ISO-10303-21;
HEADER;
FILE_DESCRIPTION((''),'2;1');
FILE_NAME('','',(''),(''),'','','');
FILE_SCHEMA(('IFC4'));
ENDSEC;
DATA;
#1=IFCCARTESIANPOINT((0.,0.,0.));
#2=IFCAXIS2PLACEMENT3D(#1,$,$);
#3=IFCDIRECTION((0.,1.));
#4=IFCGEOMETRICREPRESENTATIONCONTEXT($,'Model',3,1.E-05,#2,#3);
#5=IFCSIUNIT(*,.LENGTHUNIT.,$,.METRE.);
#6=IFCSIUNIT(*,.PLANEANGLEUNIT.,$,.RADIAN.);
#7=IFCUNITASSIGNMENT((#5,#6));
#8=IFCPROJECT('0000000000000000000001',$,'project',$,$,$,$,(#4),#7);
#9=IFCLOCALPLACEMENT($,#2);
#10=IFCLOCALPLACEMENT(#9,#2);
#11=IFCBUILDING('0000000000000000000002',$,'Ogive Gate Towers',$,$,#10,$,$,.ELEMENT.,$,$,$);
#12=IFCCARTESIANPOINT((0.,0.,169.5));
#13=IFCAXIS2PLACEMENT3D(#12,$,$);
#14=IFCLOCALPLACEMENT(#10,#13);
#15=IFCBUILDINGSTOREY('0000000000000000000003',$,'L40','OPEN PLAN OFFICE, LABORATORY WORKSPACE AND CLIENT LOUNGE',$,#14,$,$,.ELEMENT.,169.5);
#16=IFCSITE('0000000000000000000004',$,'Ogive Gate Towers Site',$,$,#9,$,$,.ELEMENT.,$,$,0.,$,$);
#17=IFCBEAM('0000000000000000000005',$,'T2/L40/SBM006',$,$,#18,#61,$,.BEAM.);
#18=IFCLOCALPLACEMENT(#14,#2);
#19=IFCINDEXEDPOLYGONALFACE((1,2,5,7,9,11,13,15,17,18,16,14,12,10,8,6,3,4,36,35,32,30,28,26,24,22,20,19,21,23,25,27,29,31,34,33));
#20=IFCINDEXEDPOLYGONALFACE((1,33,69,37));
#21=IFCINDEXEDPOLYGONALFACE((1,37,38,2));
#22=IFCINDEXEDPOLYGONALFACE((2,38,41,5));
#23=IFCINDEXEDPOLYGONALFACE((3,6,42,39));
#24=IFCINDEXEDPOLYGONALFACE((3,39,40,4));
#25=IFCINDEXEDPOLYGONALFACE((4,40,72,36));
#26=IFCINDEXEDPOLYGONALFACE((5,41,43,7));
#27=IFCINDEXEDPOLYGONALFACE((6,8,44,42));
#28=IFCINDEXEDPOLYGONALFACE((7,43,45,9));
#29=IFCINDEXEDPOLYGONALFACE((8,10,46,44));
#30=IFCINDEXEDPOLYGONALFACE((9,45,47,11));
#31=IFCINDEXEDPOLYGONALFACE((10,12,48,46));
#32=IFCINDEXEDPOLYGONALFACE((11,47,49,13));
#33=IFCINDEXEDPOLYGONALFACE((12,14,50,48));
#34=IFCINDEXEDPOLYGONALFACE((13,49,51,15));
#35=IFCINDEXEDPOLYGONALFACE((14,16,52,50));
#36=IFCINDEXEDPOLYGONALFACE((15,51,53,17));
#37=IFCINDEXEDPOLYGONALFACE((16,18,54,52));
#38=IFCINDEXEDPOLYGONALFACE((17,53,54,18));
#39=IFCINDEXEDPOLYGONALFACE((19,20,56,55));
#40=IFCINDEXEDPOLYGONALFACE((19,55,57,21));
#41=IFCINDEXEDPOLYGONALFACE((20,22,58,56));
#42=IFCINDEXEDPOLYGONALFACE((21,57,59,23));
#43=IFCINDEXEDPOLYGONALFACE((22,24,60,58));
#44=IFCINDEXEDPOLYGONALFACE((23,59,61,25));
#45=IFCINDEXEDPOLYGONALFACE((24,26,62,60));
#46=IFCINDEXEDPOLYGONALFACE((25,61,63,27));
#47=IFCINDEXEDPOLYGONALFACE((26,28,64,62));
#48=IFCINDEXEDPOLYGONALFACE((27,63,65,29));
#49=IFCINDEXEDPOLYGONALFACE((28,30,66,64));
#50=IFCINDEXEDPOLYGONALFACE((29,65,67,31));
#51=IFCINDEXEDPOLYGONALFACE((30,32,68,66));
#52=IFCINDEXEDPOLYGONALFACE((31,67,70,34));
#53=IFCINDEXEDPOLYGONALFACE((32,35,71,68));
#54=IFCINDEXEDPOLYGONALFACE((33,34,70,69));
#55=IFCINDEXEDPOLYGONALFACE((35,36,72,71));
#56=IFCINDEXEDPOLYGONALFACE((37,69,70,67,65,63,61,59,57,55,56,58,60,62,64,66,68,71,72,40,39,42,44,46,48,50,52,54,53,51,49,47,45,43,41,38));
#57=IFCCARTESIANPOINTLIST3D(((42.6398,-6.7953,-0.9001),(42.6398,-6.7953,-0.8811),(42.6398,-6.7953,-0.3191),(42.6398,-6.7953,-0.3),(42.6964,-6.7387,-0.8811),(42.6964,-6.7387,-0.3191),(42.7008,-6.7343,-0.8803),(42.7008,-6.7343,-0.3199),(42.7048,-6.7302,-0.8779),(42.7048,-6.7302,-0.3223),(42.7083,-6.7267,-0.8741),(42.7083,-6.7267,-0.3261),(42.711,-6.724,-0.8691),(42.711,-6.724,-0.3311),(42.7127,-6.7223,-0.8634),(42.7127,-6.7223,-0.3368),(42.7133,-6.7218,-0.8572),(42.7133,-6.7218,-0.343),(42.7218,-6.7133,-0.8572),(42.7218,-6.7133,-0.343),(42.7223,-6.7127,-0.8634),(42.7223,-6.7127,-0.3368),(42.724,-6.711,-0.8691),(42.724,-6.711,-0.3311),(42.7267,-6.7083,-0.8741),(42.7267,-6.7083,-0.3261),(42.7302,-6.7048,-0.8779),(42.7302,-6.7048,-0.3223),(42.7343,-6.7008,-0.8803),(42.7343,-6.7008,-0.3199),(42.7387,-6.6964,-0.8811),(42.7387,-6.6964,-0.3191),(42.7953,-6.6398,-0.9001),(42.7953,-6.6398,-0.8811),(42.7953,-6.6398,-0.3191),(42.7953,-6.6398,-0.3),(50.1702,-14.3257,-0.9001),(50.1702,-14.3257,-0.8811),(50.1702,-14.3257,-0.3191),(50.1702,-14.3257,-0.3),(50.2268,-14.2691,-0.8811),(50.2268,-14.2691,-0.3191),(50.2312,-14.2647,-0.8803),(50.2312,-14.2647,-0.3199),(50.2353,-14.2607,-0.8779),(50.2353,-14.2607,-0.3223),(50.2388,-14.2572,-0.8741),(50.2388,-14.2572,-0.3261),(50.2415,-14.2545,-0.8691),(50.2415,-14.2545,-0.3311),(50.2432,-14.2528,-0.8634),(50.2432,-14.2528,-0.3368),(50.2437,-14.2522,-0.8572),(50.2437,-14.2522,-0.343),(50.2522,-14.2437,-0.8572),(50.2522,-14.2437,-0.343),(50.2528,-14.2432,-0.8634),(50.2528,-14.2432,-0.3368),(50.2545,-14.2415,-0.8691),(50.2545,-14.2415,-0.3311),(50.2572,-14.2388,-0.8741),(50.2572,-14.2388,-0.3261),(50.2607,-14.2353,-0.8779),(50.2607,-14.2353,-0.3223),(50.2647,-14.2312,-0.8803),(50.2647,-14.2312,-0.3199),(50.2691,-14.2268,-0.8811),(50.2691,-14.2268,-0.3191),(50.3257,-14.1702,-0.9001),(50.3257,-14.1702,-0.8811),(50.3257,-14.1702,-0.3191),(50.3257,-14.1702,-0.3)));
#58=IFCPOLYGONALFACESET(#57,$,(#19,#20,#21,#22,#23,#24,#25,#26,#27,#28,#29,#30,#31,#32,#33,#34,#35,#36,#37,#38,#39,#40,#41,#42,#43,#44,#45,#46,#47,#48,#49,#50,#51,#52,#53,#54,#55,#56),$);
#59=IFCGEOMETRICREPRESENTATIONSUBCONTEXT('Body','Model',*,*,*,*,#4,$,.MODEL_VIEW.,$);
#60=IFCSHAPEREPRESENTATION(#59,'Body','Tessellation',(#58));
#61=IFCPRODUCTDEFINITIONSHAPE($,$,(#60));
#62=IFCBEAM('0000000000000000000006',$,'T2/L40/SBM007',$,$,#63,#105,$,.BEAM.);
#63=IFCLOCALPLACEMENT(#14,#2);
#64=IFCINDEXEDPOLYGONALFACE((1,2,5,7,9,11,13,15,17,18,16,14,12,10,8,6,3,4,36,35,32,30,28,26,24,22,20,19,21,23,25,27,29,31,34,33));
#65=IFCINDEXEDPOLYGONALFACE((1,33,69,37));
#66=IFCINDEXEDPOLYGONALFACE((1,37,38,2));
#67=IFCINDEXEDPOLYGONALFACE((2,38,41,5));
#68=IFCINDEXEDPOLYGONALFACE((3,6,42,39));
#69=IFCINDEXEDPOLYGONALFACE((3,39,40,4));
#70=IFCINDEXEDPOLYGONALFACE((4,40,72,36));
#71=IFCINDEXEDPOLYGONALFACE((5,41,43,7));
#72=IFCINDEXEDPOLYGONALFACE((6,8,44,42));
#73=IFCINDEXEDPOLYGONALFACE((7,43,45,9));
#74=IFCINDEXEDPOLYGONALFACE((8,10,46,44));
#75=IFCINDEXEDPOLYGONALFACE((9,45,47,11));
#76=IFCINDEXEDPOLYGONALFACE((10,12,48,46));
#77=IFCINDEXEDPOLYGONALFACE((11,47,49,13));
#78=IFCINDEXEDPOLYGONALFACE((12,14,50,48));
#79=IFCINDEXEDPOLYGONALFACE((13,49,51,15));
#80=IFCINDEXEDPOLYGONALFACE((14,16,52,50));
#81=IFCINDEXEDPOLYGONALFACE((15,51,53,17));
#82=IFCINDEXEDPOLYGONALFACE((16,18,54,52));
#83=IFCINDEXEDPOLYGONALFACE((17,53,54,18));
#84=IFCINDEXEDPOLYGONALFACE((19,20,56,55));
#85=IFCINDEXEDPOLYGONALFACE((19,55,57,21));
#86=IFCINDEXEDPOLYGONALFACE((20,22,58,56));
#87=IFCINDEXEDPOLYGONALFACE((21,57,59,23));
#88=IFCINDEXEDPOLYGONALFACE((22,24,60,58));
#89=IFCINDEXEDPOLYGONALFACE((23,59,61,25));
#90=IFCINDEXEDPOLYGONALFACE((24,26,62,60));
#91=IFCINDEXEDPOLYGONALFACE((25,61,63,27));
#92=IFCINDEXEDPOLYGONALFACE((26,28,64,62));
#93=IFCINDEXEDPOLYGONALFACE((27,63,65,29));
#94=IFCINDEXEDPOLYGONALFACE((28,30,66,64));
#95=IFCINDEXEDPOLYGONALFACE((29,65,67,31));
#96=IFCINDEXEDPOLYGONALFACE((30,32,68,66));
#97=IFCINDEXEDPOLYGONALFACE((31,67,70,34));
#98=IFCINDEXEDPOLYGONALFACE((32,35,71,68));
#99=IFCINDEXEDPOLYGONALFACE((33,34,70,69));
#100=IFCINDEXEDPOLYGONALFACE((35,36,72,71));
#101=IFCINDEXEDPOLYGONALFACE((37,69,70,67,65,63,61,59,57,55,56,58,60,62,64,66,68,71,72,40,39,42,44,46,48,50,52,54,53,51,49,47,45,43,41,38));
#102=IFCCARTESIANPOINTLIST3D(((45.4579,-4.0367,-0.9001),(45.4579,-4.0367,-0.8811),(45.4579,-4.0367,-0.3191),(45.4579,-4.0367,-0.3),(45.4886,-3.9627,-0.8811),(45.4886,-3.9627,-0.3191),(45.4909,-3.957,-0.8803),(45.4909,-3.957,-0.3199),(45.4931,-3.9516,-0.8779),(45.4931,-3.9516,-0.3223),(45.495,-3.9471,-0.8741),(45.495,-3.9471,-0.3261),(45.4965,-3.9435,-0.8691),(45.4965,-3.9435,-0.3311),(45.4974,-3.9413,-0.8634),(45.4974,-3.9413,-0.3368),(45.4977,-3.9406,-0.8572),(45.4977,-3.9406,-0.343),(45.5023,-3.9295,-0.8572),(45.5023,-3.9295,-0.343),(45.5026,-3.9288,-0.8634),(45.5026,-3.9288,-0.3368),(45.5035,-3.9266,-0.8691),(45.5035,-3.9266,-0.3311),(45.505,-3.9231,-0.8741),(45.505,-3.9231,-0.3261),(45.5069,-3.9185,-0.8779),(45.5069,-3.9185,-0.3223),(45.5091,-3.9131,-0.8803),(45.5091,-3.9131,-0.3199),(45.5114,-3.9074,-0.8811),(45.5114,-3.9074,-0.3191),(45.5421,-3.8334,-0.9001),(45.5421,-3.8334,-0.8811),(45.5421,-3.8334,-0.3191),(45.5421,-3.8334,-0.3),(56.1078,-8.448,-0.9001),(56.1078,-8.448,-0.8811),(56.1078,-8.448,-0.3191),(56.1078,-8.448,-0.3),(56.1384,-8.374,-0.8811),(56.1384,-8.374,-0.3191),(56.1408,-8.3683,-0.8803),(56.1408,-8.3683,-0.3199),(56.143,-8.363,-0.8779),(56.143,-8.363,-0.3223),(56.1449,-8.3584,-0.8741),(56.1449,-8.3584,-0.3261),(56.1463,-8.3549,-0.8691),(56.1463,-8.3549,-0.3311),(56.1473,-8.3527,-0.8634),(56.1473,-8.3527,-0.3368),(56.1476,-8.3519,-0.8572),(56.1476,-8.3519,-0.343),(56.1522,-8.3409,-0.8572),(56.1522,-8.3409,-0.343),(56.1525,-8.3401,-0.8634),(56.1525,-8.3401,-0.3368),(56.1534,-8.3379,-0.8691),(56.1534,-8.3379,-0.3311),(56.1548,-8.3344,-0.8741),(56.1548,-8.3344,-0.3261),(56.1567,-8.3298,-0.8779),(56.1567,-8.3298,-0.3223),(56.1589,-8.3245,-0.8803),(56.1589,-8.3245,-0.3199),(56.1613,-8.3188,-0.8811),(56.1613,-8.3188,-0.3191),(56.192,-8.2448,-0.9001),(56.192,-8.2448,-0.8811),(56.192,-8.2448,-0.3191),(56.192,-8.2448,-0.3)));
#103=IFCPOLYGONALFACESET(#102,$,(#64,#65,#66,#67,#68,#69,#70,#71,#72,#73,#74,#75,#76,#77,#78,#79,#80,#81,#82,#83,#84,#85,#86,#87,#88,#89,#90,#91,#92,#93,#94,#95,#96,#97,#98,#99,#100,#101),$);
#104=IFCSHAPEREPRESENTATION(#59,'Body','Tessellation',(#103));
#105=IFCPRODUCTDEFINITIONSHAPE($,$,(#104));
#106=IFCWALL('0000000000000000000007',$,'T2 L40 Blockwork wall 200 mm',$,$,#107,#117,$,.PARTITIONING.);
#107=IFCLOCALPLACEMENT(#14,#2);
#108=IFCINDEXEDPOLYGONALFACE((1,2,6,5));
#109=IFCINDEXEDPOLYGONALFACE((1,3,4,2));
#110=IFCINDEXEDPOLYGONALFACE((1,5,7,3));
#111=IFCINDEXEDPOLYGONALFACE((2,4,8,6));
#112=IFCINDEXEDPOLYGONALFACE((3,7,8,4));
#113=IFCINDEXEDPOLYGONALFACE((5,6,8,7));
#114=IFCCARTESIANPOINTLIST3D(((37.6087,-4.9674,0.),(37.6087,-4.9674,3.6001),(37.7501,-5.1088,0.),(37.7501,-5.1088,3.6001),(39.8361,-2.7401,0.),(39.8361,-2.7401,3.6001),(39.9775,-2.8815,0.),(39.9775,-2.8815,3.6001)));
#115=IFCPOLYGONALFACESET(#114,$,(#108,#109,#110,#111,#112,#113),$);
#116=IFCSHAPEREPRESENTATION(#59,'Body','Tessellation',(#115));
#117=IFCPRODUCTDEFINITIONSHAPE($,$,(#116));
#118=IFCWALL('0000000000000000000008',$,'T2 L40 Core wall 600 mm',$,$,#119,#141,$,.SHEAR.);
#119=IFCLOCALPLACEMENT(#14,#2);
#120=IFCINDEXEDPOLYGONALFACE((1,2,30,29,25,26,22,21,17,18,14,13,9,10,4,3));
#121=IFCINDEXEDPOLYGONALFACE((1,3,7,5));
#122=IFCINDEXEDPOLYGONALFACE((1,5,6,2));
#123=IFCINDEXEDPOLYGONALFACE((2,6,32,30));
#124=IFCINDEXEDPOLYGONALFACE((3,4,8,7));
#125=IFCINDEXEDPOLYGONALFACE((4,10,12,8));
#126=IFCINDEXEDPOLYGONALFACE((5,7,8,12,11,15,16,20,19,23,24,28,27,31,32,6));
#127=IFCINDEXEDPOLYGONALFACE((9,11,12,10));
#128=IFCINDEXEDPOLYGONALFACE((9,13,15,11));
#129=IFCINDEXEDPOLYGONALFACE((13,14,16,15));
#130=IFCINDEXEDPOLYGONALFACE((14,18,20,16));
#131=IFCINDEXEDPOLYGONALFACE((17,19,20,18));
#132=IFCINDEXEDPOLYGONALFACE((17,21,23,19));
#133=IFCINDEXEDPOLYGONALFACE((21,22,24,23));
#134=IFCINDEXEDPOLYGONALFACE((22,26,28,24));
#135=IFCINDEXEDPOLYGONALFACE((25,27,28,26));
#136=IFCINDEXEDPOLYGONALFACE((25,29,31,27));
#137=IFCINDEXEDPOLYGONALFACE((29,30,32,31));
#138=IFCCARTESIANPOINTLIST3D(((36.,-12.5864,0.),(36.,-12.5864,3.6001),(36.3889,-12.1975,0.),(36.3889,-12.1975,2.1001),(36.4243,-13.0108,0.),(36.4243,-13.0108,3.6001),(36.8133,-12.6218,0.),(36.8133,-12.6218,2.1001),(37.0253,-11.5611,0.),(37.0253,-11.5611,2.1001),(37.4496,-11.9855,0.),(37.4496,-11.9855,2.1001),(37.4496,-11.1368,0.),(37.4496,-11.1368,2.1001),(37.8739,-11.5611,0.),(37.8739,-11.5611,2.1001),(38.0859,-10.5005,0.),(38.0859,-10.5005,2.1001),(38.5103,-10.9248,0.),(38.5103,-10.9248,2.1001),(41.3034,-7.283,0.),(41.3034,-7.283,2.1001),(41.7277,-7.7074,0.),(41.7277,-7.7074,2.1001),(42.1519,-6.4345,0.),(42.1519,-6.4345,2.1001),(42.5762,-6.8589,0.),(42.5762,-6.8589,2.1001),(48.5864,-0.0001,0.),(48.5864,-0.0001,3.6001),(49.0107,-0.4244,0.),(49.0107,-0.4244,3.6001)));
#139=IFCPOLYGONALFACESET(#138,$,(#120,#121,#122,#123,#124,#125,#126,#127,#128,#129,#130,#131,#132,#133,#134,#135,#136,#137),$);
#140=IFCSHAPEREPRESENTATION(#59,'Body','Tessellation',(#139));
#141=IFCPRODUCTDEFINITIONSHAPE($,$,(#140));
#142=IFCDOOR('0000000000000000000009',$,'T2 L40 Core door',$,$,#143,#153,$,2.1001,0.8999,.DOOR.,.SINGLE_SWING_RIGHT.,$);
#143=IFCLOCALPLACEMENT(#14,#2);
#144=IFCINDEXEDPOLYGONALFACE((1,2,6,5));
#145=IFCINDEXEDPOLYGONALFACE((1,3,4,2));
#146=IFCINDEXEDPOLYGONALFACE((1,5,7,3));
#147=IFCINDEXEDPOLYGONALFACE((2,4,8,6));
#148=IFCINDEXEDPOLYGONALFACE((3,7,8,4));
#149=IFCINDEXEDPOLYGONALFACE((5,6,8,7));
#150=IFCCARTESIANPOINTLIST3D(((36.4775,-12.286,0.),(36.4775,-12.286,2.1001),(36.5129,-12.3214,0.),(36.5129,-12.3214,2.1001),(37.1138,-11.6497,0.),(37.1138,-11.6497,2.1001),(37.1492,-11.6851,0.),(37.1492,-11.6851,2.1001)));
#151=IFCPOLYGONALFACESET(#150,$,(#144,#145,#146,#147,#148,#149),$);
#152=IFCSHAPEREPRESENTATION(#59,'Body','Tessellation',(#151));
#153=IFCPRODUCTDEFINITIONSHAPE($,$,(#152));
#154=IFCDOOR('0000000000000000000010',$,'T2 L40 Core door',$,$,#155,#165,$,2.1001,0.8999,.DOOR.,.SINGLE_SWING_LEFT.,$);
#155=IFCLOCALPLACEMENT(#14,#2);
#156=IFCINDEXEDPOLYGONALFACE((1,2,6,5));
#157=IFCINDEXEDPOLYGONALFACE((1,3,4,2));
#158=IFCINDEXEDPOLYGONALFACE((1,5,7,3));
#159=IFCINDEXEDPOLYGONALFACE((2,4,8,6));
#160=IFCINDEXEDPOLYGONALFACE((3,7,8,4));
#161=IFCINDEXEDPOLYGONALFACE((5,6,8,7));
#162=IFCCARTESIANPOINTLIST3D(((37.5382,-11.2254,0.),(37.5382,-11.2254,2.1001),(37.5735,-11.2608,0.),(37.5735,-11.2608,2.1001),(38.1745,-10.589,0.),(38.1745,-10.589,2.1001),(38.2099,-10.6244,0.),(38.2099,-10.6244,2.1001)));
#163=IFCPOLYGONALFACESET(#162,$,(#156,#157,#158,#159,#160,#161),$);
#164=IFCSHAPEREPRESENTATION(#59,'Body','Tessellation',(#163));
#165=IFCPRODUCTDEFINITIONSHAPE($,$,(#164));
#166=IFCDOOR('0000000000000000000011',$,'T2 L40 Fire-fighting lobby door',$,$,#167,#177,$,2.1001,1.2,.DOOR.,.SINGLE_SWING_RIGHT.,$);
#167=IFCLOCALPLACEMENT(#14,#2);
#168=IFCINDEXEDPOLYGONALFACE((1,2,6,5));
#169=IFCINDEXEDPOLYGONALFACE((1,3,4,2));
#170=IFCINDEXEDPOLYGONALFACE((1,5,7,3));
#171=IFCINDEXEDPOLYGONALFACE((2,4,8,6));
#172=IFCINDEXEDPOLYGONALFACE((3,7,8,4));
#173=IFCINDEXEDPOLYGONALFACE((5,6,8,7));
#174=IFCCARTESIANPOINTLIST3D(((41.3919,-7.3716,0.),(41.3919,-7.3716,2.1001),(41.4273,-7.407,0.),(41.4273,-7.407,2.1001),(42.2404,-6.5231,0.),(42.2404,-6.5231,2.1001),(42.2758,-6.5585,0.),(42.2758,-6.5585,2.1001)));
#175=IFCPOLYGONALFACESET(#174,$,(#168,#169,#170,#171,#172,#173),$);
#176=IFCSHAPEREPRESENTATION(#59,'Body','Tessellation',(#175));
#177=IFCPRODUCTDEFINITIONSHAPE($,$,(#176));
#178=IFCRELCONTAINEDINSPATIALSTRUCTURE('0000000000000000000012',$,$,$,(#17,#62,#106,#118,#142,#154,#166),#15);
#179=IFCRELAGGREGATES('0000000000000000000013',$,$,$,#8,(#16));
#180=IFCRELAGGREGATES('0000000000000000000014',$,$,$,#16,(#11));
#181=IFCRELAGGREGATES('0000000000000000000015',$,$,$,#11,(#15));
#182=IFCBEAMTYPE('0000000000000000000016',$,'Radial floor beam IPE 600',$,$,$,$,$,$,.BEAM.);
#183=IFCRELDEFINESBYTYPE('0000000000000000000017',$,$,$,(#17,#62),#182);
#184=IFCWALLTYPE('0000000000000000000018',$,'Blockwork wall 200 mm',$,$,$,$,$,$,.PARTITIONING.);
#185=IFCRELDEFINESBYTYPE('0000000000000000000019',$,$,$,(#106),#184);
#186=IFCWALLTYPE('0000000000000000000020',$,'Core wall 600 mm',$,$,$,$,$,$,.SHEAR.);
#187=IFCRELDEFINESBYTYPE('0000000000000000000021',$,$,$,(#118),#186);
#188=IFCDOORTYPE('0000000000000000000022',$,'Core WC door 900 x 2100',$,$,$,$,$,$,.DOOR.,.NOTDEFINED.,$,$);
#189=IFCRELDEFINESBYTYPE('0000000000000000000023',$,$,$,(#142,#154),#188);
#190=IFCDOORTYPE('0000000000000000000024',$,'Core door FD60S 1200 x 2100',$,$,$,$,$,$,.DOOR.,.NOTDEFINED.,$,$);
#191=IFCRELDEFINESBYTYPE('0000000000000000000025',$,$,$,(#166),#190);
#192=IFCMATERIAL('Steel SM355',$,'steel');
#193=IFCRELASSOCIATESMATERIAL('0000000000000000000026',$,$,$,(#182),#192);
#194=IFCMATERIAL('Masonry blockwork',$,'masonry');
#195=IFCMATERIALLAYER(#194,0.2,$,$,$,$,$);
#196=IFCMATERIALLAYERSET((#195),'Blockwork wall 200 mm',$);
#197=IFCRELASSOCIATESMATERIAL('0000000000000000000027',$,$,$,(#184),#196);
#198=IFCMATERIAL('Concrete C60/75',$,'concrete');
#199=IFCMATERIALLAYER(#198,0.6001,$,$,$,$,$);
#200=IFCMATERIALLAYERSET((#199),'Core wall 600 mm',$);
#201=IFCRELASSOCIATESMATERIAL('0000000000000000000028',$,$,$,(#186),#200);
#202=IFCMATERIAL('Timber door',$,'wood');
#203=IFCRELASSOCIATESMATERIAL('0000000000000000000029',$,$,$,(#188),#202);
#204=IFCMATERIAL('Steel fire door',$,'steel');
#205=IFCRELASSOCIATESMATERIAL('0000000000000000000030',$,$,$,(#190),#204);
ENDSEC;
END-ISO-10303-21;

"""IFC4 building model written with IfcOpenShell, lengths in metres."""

from ifc_helpers import new_model, si_unit, direction, frame, frame_2d, origin, origin_2d, place, context, subcontext, project, spatial, rectangle, i_section, extrude, material, layer, layer_set, material_profile, profile_set, type_object, element, fill, save


model = new_model("IFC4")

# Units and contexts
model_context = context("Model", 3, precision=1e-05, world=origin(), true_north=direction((0.0, 1.0)))
body_context = subcontext(model_context, "Body", "Model", "MODEL_VIEW")
ifc_project = project(units=[si_unit("LENGTHUNIT", "METRE"), si_unit("PLANEANGLEUNIT", "RADIAN")], contexts=[model_context])

# Site, building, storey
site_placement = place(None, origin())
site = spatial("IfcSite", under=ifc_project, at=site_placement, Name="Ogive Gate Towers Site", CompositionType="ELEMENT", RefElevation=0.0)
building_placement = place(site_placement, origin())
building = spatial("IfcBuilding", under=site, at=building_placement, Name="Ogive Gate Towers", CompositionType="ELEMENT")
storey_placement = place(building_placement, frame((0.0, 0.0, 169.5)))
storey = spatial("IfcBuildingStorey", under=building, at=storey_placement, Name="L40", Description="OPEN PLAN OFFICE, LABORATORY WORKSPACE AND CLIENT LOUNGE", CompositionType="ELEMENT", Elevation=169.5)

# Beams
ifc_material_1 = material(Name="Steel SM355", Category="steel")
ifc_material_profile_1 = material_profile(ifc_material_1, i_section(OverallWidth=0.22, OverallDepth=0.6001, WebThickness=0.012, FlangeThickness=0.019, FilletRadius=0.0239, at=origin_2d()), Name="IPE 600")
ifc_profile_set_1 = profile_set([ifc_material_profile_1], Name="Steel SM355")
beam_type_1 = type_object("IfcBeamType", Name="Radial floor beam IPE 600", PredefinedType="BEAM", material=ifc_profile_set_1)
beam_1_placement = place(storey_placement, frame((42.7175, -6.7175, -0.6001), z_axis=(0.707107, -0.707107, 0.0), x_axis=(0.707107, 0.707107, 0.0)))
element("IfcBeam", 1, at=beam_1_placement, inside=storey, type_object=beam_type_1, Name="T2/L40/SBM006", PredefinedType="BEAM", context=body_context, shape_type="SweptSolid", body=[
    extrude(i_section(OverallWidth=0.22, OverallDepth=0.6001, WebThickness=0.012, FlangeThickness=0.019, FilletRadius=0.0239, at=origin_2d()), origin(), (0.0, 0.0, 1.0), 10.6497),
])
beam_2_placement = place(storey_placement, frame((45.5, -3.9351, -0.6001), z_axis=(0.923878, -0.382687, 0.0), x_axis=(0.382687, 0.923878, 0.0)))
element("IfcBeam", 2, at=beam_2_placement, inside=storey, type_object=beam_type_1, Name="T2/L40/SBM007", PredefinedType="BEAM", context=body_context, shape_type="SweptSolid", body=[
    extrude(i_section(OverallWidth=0.22, OverallDepth=0.6001, WebThickness=0.012, FlangeThickness=0.019, FilletRadius=0.0239, at=origin_2d()), origin(), (0.0, 0.0, 1.0), 11.5273),
])

# Wall
ifc_material_2 = material(Name="Masonry blockwork", Category="masonry")
ifc_layer_1 = layer(ifc_material_2, 0.2)
ifc_layer_set_1 = layer_set([ifc_layer_1], Name="Blockwork wall 200 mm")
wall_type_1 = type_object("IfcWallType", Name="Blockwork wall 200 mm", PredefinedType="PARTITIONING", material=ifc_layer_set_1)
wall_1_placement = place(storey_placement, frame((37.6794, -5.0381, 0.0), z_axis=(0.0, 0.0, 1.0), x_axis=(0.707107, 0.707107, 0.0)))
element("IfcWall", 3, at=wall_1_placement, inside=storey, type_object=wall_type_1, Name="T2 L40 Blockwork wall 200 mm", PredefinedType="PARTITIONING", context=body_context, shape_type="SweptSolid", body=[
    extrude(rectangle(XDim=3.1499, YDim=0.2, at=frame_2d((1.575, 0.0))), origin(), (0.0, 0.0, 1.0), 3.6001),
])

# Wall, openings, doors
ifc_material_3 = material(Name="Concrete C60/75", Category="concrete")
ifc_layer_2 = layer(ifc_material_3, 0.6001)
ifc_layer_set_2 = layer_set([ifc_layer_2], Name="Core wall 600 mm")
wall_type_2 = type_object("IfcWallType", Name="Core wall 600 mm", PredefinedType="SHEAR", material=ifc_layer_set_2)
wall_2_placement = place(storey_placement, frame((36.2122, -12.7986, 0.0), z_axis=(0.0, 0.0, 1.0), x_axis=(0.707107, 0.707107, 0.0)))
wall_2 = element("IfcWall", 4, at=wall_2_placement, inside=storey, type_object=wall_type_2, Name="T2 L40 Core wall 600 mm", PredefinedType="SHEAR", context=body_context, shape_type="SweptSolid", body=[
    extrude(rectangle(XDim=17.7998, YDim=0.6001, at=frame_2d((8.8999, 0.0))), origin(), (0.0, 0.0, 1.0), 3.6001),
])
opening_1_placement = place(wall_2_placement, frame((7.5, 0.0, 0.0)))
opening_1 = element("IfcOpeningElement", 5, at=opening_1_placement, cuts=wall_2, PredefinedType="OPENING", context=body_context, shape_type="SweptSolid", body=[
    extrude(rectangle(XDim=1.2, YDim=2.1001, at=frame_2d((0.6001, 1.05))), frame((0.0, 0.3101, 0.0), z_axis=(0.0, -1.0, 0.0), x_axis=(1.0, 0.0, 0.0)), (0.0, 0.0, 1.0), 0.6201),
])
opening_2_placement = place(wall_2_placement, frame((0.55, 0.0, 0.0)))
opening_2 = element("IfcOpeningElement", 6, at=opening_2_placement, cuts=wall_2, PredefinedType="OPENING", context=body_context, shape_type="SweptSolid", body=[
    extrude(rectangle(XDim=0.8999, YDim=2.1001, at=frame_2d((0.45, 1.05))), frame((0.0, 0.3101, 0.0), z_axis=(0.0, -1.0, 0.0), x_axis=(1.0, 0.0, 0.0)), (0.0, 0.0, 1.0), 0.6201),
])
opening_3_placement = place(wall_2_placement, frame((2.05, 0.0, 0.0)))
opening_3 = element("IfcOpeningElement", 7, at=opening_3_placement, cuts=wall_2, PredefinedType="OPENING", context=body_context, shape_type="SweptSolid", body=[
    extrude(rectangle(XDim=0.8999, YDim=2.1001, at=frame_2d((0.45, 1.05))), frame((0.0, 0.3101, 0.0), z_axis=(0.0, -1.0, 0.0), x_axis=(1.0, 0.0, 0.0)), (0.0, 0.0, 1.0), 0.6201),
])
ifc_material_4 = material(Name="Timber door", Category="wood")
door_type_1 = type_object("IfcDoorType", Name="Core WC door 900 x 2100", OperationType="NOTDEFINED", PredefinedType="DOOR", material=ifc_material_4)
door_1_placement = place(opening_2_placement, origin())
door_1 = element("IfcDoor", 8, at=door_1_placement, inside=storey, type_object=door_type_1, Name="T2 L40 Core door", OperationType="SINGLE_SWING_RIGHT", OverallHeight=2.1001, OverallWidth=0.8999, PredefinedType="DOOR", context=body_context, shape_type="SweptSolid", body=[
    extrude(rectangle(XDim=0.8999, YDim=2.1001, at=frame_2d((0.45, 1.05))), frame((0.0, 0.1748, 0.0), z_axis=(0.0, -1.0, 0.0), x_axis=(1.0, 0.0, 0.0)), (0.0, 0.0, 1.0), 0.05),
])
fill(opening_2, door_1)
door_2_placement = place(opening_3_placement, origin())
door_2 = element("IfcDoor", 9, at=door_2_placement, inside=storey, type_object=door_type_1, Name="T2 L40 Core door", OperationType="SINGLE_SWING_LEFT", OverallHeight=2.1001, OverallWidth=0.8999, PredefinedType="DOOR", context=body_context, shape_type="SweptSolid", body=[
    extrude(rectangle(XDim=0.8999, YDim=2.1001, at=frame_2d((0.45, 1.05))), frame((0.0, 0.1748, 0.0), z_axis=(0.0, -1.0, 0.0), x_axis=(1.0, 0.0, 0.0)), (0.0, 0.0, 1.0), 0.05),
])
fill(opening_3, door_2)
ifc_material_5 = material(Name="Steel fire door", Category="steel")
door_type_2 = type_object("IfcDoorType", Name="Core door FD60S 1200 x 2100", OperationType="NOTDEFINED", PredefinedType="DOOR", material=ifc_material_5)
door_3_placement = place(opening_1_placement, origin())
door_3 = element("IfcDoor", 10, at=door_3_placement, inside=storey, type_object=door_type_2, Name="T2 L40 Fire-fighting lobby door", OperationType="SINGLE_SWING_RIGHT", OverallHeight=2.1001, OverallWidth=1.2, PredefinedType="DOOR", context=body_context, shape_type="SweptSolid", body=[
    extrude(rectangle(XDim=1.2, YDim=2.1001, at=frame_2d((0.6001, 1.05))), frame((0.0, 0.1748, 0.0), z_axis=(0.0, -1.0, 0.0), x_axis=(1.0, 0.0, 0.0)), (0.0, 0.0, 1.0), 0.05),
])
fill(opening_1, door_3)

save(model, "model.ifc")
